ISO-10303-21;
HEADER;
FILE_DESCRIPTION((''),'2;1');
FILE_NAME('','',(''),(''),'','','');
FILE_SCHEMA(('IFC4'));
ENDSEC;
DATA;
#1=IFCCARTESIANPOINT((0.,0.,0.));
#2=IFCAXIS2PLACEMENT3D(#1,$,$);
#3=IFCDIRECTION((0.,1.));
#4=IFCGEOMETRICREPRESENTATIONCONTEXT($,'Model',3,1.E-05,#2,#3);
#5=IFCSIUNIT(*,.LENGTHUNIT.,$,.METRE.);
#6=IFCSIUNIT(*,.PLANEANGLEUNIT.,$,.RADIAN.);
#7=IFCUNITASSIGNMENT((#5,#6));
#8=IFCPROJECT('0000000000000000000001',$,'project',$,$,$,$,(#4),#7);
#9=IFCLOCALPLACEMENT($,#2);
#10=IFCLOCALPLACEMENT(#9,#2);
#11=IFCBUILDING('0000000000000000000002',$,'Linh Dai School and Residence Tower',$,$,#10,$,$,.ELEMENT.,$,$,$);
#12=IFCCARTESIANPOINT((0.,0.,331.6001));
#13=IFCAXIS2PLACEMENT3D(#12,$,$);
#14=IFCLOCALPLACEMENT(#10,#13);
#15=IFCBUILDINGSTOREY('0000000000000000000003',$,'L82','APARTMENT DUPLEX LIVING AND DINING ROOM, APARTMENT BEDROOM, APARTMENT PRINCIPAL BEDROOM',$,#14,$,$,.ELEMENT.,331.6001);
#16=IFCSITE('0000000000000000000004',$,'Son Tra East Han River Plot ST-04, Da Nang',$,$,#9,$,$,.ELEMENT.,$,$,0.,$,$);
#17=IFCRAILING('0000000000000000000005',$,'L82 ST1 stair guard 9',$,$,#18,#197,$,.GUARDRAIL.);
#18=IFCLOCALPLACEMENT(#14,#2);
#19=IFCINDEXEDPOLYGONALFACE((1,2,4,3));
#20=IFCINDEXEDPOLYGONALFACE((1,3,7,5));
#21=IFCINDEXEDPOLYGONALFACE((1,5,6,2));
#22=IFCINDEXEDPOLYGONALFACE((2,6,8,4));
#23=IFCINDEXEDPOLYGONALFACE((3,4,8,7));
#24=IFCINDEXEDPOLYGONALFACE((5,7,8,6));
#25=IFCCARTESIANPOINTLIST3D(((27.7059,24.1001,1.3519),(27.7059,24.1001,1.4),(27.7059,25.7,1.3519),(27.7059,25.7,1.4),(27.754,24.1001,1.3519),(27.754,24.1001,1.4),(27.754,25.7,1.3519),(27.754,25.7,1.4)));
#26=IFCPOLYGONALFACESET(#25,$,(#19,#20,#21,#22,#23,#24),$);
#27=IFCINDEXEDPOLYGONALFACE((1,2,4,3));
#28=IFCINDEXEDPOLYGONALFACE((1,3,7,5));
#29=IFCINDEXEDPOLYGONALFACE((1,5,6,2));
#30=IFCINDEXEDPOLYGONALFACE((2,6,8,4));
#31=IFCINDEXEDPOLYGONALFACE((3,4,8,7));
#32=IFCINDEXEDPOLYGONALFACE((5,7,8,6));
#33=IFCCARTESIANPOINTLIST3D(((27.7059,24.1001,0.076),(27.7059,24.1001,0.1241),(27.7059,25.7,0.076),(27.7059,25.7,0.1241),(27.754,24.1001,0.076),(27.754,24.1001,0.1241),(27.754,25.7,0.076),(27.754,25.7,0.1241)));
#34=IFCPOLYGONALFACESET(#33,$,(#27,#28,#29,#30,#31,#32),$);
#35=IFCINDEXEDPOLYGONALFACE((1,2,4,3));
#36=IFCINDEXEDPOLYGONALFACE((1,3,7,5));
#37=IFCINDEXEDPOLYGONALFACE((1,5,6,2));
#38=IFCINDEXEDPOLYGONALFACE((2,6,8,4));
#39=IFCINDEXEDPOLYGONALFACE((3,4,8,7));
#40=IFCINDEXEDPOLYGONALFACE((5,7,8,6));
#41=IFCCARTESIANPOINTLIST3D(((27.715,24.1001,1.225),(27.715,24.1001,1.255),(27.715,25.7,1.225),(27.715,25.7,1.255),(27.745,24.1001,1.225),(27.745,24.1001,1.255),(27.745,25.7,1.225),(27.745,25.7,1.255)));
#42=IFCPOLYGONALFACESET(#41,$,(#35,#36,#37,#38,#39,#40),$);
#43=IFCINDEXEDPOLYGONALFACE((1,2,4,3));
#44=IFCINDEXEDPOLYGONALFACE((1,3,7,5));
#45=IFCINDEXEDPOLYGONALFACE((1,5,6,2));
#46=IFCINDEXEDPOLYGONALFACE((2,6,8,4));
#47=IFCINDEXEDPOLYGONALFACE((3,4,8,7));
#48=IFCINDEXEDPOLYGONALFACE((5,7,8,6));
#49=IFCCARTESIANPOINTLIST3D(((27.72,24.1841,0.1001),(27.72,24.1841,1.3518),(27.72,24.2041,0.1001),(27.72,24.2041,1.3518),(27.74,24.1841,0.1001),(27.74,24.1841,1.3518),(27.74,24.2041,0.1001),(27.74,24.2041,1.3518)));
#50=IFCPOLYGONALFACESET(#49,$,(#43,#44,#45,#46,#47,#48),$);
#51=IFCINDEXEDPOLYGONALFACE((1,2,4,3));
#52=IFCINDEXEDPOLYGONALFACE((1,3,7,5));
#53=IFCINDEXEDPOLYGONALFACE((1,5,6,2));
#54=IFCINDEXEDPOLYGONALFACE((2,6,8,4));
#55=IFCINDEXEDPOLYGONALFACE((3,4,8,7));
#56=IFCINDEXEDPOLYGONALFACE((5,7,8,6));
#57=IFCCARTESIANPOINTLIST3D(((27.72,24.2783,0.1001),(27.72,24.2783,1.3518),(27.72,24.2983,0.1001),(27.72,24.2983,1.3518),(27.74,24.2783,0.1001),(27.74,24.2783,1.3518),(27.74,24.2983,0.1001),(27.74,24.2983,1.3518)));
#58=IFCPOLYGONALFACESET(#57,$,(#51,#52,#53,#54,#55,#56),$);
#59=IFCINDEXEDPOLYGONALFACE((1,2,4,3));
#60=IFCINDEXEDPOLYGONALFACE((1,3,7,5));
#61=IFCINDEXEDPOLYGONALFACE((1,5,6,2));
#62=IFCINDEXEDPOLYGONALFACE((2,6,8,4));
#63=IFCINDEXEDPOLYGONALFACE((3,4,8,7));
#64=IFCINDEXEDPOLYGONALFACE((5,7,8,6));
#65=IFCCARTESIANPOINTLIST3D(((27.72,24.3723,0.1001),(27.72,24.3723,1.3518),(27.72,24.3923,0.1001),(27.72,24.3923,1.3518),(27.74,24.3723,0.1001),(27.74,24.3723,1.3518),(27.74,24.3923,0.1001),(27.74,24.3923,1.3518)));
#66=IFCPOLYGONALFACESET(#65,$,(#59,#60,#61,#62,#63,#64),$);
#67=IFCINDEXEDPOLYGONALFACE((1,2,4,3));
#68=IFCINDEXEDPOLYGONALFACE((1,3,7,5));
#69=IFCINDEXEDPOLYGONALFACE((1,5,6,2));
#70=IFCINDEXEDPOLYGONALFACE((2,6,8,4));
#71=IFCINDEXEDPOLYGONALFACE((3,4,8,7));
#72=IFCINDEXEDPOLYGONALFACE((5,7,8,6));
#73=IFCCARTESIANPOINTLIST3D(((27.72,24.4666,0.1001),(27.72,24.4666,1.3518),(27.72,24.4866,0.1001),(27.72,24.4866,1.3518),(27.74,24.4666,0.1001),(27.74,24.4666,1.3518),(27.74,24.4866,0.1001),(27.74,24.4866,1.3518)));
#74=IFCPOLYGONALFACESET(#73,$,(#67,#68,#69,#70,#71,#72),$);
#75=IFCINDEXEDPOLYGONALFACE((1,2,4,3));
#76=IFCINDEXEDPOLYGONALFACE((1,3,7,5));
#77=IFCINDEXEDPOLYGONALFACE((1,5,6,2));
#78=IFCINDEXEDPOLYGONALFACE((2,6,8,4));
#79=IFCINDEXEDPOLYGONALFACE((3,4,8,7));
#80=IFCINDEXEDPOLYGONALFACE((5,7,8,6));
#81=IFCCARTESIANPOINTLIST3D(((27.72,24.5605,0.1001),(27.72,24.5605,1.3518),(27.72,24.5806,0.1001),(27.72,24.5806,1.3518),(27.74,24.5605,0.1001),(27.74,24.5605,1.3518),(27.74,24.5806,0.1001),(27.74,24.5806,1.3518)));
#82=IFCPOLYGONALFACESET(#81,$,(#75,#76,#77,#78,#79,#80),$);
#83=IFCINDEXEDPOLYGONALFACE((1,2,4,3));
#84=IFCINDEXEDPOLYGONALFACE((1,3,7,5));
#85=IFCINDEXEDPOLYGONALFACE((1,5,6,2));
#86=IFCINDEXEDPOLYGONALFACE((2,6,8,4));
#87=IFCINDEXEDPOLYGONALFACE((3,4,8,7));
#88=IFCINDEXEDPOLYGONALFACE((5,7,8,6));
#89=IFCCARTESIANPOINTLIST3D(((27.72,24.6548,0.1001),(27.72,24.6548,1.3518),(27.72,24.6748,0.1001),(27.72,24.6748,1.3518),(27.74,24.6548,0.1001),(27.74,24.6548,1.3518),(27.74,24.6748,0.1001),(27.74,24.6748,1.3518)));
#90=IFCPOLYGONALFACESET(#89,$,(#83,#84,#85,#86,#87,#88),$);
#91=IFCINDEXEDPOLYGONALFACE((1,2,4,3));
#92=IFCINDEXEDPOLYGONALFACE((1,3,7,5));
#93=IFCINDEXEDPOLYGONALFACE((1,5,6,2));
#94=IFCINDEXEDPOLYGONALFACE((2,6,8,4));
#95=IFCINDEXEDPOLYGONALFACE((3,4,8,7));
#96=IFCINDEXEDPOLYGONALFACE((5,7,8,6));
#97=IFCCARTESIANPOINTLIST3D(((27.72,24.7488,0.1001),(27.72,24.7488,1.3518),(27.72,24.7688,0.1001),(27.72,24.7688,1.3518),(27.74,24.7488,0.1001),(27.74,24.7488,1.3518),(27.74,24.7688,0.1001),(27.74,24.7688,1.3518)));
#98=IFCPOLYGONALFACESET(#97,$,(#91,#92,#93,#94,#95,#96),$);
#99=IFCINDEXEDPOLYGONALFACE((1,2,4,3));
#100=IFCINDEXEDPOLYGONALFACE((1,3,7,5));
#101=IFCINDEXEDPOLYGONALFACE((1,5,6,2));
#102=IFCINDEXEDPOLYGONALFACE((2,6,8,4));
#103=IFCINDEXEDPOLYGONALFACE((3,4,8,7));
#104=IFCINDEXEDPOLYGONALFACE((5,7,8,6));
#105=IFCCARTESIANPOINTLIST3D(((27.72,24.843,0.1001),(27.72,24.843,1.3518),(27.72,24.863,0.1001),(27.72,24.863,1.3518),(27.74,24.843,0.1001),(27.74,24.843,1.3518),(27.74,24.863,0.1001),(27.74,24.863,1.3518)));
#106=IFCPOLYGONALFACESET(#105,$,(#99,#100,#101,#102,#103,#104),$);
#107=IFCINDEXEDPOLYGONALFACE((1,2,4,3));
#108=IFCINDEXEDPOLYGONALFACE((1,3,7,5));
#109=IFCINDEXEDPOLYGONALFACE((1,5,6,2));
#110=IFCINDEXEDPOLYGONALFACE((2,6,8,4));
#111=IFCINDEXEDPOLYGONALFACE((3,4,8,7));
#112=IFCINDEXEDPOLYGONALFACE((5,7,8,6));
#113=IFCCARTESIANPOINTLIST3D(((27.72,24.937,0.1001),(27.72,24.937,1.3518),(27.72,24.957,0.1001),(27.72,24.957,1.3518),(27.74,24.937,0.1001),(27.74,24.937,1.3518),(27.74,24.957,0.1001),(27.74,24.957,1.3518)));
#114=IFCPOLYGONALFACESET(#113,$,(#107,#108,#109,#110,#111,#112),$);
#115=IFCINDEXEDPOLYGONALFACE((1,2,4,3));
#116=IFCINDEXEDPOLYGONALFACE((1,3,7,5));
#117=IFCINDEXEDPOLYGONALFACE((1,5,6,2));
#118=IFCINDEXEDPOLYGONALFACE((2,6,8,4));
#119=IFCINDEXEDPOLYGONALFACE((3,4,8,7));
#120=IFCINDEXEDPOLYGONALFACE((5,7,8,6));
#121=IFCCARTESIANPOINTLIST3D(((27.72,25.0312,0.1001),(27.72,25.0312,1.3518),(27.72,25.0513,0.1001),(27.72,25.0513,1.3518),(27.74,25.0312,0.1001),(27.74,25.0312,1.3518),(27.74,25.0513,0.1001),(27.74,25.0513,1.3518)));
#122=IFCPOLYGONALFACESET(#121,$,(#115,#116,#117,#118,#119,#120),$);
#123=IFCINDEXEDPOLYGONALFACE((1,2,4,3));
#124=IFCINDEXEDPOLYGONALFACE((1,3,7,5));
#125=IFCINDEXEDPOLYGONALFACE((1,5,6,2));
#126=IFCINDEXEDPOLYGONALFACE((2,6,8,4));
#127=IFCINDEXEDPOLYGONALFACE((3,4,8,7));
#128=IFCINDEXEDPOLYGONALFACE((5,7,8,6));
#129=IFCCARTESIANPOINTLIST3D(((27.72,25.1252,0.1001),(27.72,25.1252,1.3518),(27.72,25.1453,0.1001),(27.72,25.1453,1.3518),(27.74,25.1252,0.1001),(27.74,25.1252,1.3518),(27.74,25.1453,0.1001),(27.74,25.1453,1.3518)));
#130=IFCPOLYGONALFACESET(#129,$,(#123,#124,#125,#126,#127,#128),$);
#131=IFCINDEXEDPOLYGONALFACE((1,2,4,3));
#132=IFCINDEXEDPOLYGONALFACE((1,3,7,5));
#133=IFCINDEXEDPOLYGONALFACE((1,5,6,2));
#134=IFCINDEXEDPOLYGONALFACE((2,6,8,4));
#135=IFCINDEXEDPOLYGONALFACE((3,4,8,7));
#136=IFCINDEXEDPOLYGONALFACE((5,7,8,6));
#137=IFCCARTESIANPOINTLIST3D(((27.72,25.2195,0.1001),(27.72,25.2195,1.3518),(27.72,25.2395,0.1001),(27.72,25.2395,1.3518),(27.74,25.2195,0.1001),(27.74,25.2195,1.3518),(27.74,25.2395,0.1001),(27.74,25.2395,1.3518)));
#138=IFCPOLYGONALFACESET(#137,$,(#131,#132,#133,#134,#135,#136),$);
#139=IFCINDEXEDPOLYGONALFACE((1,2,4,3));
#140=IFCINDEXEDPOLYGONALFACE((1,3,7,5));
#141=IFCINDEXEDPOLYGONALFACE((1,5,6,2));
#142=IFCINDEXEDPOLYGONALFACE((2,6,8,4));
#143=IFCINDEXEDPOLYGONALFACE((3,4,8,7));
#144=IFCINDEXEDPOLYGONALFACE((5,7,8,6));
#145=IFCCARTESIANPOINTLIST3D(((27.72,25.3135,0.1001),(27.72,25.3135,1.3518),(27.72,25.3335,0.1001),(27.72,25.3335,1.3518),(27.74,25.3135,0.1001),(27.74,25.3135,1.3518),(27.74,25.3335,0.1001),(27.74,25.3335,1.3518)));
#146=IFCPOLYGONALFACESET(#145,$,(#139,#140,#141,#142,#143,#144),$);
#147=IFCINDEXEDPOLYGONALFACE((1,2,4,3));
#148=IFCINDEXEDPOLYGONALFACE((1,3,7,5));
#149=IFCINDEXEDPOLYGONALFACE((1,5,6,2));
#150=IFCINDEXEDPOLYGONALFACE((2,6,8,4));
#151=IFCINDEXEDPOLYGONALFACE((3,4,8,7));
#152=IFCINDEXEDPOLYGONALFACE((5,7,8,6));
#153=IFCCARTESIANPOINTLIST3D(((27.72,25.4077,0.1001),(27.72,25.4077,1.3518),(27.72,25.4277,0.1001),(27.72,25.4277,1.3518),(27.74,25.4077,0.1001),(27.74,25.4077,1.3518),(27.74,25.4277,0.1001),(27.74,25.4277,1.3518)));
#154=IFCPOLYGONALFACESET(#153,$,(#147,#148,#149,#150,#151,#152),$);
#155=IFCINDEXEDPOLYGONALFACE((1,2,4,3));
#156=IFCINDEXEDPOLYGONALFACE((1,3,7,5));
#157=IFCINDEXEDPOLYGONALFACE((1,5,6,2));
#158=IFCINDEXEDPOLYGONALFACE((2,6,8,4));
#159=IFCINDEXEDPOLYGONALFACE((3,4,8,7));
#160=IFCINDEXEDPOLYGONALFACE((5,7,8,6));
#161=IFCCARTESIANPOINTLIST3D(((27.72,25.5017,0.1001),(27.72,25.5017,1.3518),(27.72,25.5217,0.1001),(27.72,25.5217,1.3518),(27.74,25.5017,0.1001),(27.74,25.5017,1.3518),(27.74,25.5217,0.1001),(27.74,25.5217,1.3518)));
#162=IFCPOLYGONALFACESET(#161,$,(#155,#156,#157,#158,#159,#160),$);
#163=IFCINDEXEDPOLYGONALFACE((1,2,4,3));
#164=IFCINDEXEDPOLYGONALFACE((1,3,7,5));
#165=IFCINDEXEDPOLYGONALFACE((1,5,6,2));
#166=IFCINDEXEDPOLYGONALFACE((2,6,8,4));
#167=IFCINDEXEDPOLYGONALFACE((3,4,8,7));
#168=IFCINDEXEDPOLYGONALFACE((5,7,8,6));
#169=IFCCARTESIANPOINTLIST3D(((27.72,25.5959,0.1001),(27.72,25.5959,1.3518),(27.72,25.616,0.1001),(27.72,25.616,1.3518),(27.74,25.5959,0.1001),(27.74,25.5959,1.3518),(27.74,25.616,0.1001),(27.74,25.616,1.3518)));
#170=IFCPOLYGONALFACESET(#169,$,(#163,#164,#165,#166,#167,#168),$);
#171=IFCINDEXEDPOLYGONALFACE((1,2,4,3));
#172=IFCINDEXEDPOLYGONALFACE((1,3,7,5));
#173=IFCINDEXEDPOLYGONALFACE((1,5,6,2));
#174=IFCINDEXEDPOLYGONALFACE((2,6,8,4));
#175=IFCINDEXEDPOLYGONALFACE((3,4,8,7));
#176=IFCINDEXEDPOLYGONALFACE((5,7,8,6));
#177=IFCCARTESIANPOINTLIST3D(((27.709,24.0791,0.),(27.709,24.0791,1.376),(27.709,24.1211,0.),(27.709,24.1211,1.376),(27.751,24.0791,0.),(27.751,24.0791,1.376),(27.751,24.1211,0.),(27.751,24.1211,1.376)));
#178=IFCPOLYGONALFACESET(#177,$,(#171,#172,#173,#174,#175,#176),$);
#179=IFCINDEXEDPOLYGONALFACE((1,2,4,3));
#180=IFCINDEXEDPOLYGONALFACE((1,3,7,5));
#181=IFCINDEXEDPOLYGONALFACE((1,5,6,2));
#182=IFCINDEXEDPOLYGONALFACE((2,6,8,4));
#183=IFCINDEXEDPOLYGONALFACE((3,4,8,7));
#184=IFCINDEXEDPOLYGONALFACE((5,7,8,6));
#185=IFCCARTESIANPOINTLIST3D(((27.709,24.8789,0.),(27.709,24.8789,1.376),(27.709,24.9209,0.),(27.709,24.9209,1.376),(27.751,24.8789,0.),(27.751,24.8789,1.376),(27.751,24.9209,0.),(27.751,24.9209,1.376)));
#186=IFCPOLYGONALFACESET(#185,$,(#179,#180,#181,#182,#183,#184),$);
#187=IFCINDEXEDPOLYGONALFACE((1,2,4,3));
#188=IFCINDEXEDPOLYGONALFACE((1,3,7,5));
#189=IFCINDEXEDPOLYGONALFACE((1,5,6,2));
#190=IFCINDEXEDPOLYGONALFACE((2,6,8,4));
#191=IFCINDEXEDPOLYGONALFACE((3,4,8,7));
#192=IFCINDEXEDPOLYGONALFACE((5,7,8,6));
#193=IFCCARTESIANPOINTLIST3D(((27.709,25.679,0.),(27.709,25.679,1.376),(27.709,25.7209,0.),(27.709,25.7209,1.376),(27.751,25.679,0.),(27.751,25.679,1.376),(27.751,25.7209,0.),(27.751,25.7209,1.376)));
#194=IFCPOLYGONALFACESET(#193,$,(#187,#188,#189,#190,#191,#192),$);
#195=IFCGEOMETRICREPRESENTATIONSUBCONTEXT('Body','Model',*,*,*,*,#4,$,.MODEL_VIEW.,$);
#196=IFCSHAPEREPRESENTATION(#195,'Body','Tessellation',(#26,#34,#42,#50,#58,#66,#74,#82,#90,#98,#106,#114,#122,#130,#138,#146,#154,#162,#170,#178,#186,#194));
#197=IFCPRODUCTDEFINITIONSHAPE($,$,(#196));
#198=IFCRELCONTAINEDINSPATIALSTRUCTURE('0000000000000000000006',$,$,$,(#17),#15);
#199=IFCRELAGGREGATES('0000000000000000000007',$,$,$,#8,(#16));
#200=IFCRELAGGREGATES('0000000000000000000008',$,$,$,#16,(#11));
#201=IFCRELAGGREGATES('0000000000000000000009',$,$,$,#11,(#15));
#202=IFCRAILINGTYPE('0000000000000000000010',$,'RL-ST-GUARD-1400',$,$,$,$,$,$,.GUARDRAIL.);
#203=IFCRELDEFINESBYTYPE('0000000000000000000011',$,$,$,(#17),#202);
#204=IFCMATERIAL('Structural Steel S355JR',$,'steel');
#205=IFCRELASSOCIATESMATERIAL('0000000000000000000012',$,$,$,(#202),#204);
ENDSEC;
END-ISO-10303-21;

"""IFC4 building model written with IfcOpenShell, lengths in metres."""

from ifc_helpers import new_model, si_unit, direction, frame, origin, origin_2d, place, context, subcontext, project, spatial, rectangle, extrude, source, transform, mapped, material, type_object, element, save


model = new_model("IFC4")

# Units and contexts
model_context = context("Model", 3, precision=1e-05, world=origin(), true_north=direction((0.0, 1.0)))
body_context = subcontext(model_context, "Body", "Model", "MODEL_VIEW")
ifc_project = project(units=[si_unit("LENGTHUNIT", "METRE"), si_unit("PLANEANGLEUNIT", "RADIAN")], contexts=[model_context])

# Site, building, storey
site_placement = place(None, origin())
site = spatial("IfcSite", under=ifc_project, at=site_placement, Name="Son Tra East Han River Plot ST-04, Da Nang", CompositionType="ELEMENT", RefElevation=0.0)
building_placement = place(site_placement, origin())
building = spatial("IfcBuilding", under=site, at=building_placement, Name="Linh Dai School and Residence Tower", CompositionType="ELEMENT")
storey_placement = place(building_placement, frame((0.0, 0.0, 331.6001)))
storey = spatial("IfcBuildingStorey", under=building, at=storey_placement, Name="L82", Description="APARTMENT DUPLEX LIVING AND DINING ROOM, APARTMENT BEDROOM, APARTMENT PRINCIPAL BEDROOM", CompositionType="ELEMENT", Elevation=331.6001)

# Shared definitions
ifc_material_1 = material(Name="Structural Steel S355JR", Category="steel")

# Railing
railing_type_1 = type_object("IfcRailingType", Name="RL-ST-GUARD-1400", PredefinedType="GUARDRAIL", material=ifc_material_1)
shared_shape_1 = source(origin(), body_context, "Body", "SweptSolid", [
    extrude(rectangle(XDim=0.0481, YDim=0.0481, at=origin_2d()), frame((0.0, 0.0, 1.376), z_axis=(0.0, 1.0, 0.0), x_axis=(-1.0, 0.0, 0.0)), (0.0, 0.0, 1.0), 1.5999),
    extrude(rectangle(XDim=0.0481, YDim=0.0481, at=origin_2d()), frame((0.0, 0.0, 0.1001), z_axis=(0.0, 1.0, 0.0), x_axis=(-1.0, 0.0, 0.0)), (0.0, 0.0, 1.0), 1.5999),
    extrude(rectangle(XDim=0.03, YDim=0.03, at=origin_2d()), frame((0.0, 0.0, 1.24), z_axis=(0.0, 1.0, 0.0), x_axis=(-1.0, 0.0, 0.0)), (0.0, 0.0, 1.0), 1.5999),
    extrude(rectangle(XDim=0.02, YDim=0.02, at=origin_2d()), frame((0.0, 0.094, 0.1001)), (0.0, 0.0, 1.0), 1.2517),
    extrude(rectangle(XDim=0.02, YDim=0.02, at=origin_2d()), frame((0.0, 0.1882, 0.1001)), (0.0, 0.0, 1.0), 1.2517),
    extrude(rectangle(XDim=0.02, YDim=0.02, at=origin_2d()), frame((0.0, 0.2822, 0.1001)), (0.0, 0.0, 1.0), 1.2517),
    extrude(rectangle(XDim=0.02, YDim=0.02, at=origin_2d()), frame((0.0, 0.3765, 0.1001)), (0.0, 0.0, 1.0), 1.2517),
    extrude(rectangle(XDim=0.02, YDim=0.02, at=origin_2d()), frame((0.0, 0.4705, 0.1001)), (0.0, 0.0, 1.0), 1.2517),
    extrude(rectangle(XDim=0.02, YDim=0.02, at=origin_2d()), frame((0.0, 0.5647, 0.1001)), (0.0, 0.0, 1.0), 1.2517),
    extrude(rectangle(XDim=0.02, YDim=0.02, at=origin_2d()), frame((0.0, 0.6587, 0.1001)), (0.0, 0.0, 1.0), 1.2517),
    extrude(rectangle(XDim=0.02, YDim=0.02, at=origin_2d()), frame((0.0, 0.7529, 0.1001)), (0.0, 0.0, 1.0), 1.2517),
    extrude(rectangle(XDim=0.02, YDim=0.02, at=origin_2d()), frame((0.0, 0.8469, 0.1001)), (0.0, 0.0, 1.0), 1.2517),
    extrude(rectangle(XDim=0.02, YDim=0.02, at=origin_2d()), frame((0.0, 0.9412, 0.1001)), (0.0, 0.0, 1.0), 1.2517),
    extrude(rectangle(XDim=0.02, YDim=0.02, at=origin_2d()), frame((0.0, 1.0352, 0.1001)), (0.0, 0.0, 1.0), 1.2517),
    extrude(rectangle(XDim=0.02, YDim=0.02, at=origin_2d()), frame((0.0, 1.1294, 0.1001)), (0.0, 0.0, 1.0), 1.2517),
    extrude(rectangle(XDim=0.02, YDim=0.02, at=origin_2d()), frame((0.0, 1.2234, 0.1001)), (0.0, 0.0, 1.0), 1.2517),
    extrude(rectangle(XDim=0.02, YDim=0.02, at=origin_2d()), frame((0.0, 1.3176, 0.1001)), (0.0, 0.0, 1.0), 1.2517),
    extrude(rectangle(XDim=0.02, YDim=0.02, at=origin_2d()), frame((0.0, 1.4116, 0.1001)), (0.0, 0.0, 1.0), 1.2517),
    extrude(rectangle(XDim=0.02, YDim=0.02, at=origin_2d()), frame((0.0, 1.5059, 0.1001)), (0.0, 0.0, 1.0), 1.2517),
    extrude(rectangle(XDim=0.042, YDim=0.042, at=origin_2d()), origin(), (0.0, 0.0, 1.0), 1.376),
    extrude(rectangle(XDim=0.042, YDim=0.042, at=origin_2d()), frame((0.0, 0.7998, 0.0)), (0.0, 0.0, 1.0), 1.376),
    extrude(rectangle(XDim=0.042, YDim=0.042, at=origin_2d()), frame((0.0, 1.5999, 0.0)), (0.0, 0.0, 1.0), 1.376),
])
for number, where, name in (
    (1, (27.73, 24.1001, 0.0), "L82 ST1 stair guard 9"),
):
    element("IfcRailing", number, at=place(storey_placement, frame(where)), inside=storey, type_object=railing_type_1, Name=name, PredefinedType="GUARDRAIL", context=body_context, shape_type="MappedRepresentation", body=[
        mapped(shared_shape_1, transform((0.0, 0.0, 0.0), x_axis=(1.0, 0.0, 0.0), y_axis=(0.0, 1.0, 0.0), z_axis=(0.0, 0.0, 1.0), scale=1.0)),
    ])

save(model, "model.ifc")
